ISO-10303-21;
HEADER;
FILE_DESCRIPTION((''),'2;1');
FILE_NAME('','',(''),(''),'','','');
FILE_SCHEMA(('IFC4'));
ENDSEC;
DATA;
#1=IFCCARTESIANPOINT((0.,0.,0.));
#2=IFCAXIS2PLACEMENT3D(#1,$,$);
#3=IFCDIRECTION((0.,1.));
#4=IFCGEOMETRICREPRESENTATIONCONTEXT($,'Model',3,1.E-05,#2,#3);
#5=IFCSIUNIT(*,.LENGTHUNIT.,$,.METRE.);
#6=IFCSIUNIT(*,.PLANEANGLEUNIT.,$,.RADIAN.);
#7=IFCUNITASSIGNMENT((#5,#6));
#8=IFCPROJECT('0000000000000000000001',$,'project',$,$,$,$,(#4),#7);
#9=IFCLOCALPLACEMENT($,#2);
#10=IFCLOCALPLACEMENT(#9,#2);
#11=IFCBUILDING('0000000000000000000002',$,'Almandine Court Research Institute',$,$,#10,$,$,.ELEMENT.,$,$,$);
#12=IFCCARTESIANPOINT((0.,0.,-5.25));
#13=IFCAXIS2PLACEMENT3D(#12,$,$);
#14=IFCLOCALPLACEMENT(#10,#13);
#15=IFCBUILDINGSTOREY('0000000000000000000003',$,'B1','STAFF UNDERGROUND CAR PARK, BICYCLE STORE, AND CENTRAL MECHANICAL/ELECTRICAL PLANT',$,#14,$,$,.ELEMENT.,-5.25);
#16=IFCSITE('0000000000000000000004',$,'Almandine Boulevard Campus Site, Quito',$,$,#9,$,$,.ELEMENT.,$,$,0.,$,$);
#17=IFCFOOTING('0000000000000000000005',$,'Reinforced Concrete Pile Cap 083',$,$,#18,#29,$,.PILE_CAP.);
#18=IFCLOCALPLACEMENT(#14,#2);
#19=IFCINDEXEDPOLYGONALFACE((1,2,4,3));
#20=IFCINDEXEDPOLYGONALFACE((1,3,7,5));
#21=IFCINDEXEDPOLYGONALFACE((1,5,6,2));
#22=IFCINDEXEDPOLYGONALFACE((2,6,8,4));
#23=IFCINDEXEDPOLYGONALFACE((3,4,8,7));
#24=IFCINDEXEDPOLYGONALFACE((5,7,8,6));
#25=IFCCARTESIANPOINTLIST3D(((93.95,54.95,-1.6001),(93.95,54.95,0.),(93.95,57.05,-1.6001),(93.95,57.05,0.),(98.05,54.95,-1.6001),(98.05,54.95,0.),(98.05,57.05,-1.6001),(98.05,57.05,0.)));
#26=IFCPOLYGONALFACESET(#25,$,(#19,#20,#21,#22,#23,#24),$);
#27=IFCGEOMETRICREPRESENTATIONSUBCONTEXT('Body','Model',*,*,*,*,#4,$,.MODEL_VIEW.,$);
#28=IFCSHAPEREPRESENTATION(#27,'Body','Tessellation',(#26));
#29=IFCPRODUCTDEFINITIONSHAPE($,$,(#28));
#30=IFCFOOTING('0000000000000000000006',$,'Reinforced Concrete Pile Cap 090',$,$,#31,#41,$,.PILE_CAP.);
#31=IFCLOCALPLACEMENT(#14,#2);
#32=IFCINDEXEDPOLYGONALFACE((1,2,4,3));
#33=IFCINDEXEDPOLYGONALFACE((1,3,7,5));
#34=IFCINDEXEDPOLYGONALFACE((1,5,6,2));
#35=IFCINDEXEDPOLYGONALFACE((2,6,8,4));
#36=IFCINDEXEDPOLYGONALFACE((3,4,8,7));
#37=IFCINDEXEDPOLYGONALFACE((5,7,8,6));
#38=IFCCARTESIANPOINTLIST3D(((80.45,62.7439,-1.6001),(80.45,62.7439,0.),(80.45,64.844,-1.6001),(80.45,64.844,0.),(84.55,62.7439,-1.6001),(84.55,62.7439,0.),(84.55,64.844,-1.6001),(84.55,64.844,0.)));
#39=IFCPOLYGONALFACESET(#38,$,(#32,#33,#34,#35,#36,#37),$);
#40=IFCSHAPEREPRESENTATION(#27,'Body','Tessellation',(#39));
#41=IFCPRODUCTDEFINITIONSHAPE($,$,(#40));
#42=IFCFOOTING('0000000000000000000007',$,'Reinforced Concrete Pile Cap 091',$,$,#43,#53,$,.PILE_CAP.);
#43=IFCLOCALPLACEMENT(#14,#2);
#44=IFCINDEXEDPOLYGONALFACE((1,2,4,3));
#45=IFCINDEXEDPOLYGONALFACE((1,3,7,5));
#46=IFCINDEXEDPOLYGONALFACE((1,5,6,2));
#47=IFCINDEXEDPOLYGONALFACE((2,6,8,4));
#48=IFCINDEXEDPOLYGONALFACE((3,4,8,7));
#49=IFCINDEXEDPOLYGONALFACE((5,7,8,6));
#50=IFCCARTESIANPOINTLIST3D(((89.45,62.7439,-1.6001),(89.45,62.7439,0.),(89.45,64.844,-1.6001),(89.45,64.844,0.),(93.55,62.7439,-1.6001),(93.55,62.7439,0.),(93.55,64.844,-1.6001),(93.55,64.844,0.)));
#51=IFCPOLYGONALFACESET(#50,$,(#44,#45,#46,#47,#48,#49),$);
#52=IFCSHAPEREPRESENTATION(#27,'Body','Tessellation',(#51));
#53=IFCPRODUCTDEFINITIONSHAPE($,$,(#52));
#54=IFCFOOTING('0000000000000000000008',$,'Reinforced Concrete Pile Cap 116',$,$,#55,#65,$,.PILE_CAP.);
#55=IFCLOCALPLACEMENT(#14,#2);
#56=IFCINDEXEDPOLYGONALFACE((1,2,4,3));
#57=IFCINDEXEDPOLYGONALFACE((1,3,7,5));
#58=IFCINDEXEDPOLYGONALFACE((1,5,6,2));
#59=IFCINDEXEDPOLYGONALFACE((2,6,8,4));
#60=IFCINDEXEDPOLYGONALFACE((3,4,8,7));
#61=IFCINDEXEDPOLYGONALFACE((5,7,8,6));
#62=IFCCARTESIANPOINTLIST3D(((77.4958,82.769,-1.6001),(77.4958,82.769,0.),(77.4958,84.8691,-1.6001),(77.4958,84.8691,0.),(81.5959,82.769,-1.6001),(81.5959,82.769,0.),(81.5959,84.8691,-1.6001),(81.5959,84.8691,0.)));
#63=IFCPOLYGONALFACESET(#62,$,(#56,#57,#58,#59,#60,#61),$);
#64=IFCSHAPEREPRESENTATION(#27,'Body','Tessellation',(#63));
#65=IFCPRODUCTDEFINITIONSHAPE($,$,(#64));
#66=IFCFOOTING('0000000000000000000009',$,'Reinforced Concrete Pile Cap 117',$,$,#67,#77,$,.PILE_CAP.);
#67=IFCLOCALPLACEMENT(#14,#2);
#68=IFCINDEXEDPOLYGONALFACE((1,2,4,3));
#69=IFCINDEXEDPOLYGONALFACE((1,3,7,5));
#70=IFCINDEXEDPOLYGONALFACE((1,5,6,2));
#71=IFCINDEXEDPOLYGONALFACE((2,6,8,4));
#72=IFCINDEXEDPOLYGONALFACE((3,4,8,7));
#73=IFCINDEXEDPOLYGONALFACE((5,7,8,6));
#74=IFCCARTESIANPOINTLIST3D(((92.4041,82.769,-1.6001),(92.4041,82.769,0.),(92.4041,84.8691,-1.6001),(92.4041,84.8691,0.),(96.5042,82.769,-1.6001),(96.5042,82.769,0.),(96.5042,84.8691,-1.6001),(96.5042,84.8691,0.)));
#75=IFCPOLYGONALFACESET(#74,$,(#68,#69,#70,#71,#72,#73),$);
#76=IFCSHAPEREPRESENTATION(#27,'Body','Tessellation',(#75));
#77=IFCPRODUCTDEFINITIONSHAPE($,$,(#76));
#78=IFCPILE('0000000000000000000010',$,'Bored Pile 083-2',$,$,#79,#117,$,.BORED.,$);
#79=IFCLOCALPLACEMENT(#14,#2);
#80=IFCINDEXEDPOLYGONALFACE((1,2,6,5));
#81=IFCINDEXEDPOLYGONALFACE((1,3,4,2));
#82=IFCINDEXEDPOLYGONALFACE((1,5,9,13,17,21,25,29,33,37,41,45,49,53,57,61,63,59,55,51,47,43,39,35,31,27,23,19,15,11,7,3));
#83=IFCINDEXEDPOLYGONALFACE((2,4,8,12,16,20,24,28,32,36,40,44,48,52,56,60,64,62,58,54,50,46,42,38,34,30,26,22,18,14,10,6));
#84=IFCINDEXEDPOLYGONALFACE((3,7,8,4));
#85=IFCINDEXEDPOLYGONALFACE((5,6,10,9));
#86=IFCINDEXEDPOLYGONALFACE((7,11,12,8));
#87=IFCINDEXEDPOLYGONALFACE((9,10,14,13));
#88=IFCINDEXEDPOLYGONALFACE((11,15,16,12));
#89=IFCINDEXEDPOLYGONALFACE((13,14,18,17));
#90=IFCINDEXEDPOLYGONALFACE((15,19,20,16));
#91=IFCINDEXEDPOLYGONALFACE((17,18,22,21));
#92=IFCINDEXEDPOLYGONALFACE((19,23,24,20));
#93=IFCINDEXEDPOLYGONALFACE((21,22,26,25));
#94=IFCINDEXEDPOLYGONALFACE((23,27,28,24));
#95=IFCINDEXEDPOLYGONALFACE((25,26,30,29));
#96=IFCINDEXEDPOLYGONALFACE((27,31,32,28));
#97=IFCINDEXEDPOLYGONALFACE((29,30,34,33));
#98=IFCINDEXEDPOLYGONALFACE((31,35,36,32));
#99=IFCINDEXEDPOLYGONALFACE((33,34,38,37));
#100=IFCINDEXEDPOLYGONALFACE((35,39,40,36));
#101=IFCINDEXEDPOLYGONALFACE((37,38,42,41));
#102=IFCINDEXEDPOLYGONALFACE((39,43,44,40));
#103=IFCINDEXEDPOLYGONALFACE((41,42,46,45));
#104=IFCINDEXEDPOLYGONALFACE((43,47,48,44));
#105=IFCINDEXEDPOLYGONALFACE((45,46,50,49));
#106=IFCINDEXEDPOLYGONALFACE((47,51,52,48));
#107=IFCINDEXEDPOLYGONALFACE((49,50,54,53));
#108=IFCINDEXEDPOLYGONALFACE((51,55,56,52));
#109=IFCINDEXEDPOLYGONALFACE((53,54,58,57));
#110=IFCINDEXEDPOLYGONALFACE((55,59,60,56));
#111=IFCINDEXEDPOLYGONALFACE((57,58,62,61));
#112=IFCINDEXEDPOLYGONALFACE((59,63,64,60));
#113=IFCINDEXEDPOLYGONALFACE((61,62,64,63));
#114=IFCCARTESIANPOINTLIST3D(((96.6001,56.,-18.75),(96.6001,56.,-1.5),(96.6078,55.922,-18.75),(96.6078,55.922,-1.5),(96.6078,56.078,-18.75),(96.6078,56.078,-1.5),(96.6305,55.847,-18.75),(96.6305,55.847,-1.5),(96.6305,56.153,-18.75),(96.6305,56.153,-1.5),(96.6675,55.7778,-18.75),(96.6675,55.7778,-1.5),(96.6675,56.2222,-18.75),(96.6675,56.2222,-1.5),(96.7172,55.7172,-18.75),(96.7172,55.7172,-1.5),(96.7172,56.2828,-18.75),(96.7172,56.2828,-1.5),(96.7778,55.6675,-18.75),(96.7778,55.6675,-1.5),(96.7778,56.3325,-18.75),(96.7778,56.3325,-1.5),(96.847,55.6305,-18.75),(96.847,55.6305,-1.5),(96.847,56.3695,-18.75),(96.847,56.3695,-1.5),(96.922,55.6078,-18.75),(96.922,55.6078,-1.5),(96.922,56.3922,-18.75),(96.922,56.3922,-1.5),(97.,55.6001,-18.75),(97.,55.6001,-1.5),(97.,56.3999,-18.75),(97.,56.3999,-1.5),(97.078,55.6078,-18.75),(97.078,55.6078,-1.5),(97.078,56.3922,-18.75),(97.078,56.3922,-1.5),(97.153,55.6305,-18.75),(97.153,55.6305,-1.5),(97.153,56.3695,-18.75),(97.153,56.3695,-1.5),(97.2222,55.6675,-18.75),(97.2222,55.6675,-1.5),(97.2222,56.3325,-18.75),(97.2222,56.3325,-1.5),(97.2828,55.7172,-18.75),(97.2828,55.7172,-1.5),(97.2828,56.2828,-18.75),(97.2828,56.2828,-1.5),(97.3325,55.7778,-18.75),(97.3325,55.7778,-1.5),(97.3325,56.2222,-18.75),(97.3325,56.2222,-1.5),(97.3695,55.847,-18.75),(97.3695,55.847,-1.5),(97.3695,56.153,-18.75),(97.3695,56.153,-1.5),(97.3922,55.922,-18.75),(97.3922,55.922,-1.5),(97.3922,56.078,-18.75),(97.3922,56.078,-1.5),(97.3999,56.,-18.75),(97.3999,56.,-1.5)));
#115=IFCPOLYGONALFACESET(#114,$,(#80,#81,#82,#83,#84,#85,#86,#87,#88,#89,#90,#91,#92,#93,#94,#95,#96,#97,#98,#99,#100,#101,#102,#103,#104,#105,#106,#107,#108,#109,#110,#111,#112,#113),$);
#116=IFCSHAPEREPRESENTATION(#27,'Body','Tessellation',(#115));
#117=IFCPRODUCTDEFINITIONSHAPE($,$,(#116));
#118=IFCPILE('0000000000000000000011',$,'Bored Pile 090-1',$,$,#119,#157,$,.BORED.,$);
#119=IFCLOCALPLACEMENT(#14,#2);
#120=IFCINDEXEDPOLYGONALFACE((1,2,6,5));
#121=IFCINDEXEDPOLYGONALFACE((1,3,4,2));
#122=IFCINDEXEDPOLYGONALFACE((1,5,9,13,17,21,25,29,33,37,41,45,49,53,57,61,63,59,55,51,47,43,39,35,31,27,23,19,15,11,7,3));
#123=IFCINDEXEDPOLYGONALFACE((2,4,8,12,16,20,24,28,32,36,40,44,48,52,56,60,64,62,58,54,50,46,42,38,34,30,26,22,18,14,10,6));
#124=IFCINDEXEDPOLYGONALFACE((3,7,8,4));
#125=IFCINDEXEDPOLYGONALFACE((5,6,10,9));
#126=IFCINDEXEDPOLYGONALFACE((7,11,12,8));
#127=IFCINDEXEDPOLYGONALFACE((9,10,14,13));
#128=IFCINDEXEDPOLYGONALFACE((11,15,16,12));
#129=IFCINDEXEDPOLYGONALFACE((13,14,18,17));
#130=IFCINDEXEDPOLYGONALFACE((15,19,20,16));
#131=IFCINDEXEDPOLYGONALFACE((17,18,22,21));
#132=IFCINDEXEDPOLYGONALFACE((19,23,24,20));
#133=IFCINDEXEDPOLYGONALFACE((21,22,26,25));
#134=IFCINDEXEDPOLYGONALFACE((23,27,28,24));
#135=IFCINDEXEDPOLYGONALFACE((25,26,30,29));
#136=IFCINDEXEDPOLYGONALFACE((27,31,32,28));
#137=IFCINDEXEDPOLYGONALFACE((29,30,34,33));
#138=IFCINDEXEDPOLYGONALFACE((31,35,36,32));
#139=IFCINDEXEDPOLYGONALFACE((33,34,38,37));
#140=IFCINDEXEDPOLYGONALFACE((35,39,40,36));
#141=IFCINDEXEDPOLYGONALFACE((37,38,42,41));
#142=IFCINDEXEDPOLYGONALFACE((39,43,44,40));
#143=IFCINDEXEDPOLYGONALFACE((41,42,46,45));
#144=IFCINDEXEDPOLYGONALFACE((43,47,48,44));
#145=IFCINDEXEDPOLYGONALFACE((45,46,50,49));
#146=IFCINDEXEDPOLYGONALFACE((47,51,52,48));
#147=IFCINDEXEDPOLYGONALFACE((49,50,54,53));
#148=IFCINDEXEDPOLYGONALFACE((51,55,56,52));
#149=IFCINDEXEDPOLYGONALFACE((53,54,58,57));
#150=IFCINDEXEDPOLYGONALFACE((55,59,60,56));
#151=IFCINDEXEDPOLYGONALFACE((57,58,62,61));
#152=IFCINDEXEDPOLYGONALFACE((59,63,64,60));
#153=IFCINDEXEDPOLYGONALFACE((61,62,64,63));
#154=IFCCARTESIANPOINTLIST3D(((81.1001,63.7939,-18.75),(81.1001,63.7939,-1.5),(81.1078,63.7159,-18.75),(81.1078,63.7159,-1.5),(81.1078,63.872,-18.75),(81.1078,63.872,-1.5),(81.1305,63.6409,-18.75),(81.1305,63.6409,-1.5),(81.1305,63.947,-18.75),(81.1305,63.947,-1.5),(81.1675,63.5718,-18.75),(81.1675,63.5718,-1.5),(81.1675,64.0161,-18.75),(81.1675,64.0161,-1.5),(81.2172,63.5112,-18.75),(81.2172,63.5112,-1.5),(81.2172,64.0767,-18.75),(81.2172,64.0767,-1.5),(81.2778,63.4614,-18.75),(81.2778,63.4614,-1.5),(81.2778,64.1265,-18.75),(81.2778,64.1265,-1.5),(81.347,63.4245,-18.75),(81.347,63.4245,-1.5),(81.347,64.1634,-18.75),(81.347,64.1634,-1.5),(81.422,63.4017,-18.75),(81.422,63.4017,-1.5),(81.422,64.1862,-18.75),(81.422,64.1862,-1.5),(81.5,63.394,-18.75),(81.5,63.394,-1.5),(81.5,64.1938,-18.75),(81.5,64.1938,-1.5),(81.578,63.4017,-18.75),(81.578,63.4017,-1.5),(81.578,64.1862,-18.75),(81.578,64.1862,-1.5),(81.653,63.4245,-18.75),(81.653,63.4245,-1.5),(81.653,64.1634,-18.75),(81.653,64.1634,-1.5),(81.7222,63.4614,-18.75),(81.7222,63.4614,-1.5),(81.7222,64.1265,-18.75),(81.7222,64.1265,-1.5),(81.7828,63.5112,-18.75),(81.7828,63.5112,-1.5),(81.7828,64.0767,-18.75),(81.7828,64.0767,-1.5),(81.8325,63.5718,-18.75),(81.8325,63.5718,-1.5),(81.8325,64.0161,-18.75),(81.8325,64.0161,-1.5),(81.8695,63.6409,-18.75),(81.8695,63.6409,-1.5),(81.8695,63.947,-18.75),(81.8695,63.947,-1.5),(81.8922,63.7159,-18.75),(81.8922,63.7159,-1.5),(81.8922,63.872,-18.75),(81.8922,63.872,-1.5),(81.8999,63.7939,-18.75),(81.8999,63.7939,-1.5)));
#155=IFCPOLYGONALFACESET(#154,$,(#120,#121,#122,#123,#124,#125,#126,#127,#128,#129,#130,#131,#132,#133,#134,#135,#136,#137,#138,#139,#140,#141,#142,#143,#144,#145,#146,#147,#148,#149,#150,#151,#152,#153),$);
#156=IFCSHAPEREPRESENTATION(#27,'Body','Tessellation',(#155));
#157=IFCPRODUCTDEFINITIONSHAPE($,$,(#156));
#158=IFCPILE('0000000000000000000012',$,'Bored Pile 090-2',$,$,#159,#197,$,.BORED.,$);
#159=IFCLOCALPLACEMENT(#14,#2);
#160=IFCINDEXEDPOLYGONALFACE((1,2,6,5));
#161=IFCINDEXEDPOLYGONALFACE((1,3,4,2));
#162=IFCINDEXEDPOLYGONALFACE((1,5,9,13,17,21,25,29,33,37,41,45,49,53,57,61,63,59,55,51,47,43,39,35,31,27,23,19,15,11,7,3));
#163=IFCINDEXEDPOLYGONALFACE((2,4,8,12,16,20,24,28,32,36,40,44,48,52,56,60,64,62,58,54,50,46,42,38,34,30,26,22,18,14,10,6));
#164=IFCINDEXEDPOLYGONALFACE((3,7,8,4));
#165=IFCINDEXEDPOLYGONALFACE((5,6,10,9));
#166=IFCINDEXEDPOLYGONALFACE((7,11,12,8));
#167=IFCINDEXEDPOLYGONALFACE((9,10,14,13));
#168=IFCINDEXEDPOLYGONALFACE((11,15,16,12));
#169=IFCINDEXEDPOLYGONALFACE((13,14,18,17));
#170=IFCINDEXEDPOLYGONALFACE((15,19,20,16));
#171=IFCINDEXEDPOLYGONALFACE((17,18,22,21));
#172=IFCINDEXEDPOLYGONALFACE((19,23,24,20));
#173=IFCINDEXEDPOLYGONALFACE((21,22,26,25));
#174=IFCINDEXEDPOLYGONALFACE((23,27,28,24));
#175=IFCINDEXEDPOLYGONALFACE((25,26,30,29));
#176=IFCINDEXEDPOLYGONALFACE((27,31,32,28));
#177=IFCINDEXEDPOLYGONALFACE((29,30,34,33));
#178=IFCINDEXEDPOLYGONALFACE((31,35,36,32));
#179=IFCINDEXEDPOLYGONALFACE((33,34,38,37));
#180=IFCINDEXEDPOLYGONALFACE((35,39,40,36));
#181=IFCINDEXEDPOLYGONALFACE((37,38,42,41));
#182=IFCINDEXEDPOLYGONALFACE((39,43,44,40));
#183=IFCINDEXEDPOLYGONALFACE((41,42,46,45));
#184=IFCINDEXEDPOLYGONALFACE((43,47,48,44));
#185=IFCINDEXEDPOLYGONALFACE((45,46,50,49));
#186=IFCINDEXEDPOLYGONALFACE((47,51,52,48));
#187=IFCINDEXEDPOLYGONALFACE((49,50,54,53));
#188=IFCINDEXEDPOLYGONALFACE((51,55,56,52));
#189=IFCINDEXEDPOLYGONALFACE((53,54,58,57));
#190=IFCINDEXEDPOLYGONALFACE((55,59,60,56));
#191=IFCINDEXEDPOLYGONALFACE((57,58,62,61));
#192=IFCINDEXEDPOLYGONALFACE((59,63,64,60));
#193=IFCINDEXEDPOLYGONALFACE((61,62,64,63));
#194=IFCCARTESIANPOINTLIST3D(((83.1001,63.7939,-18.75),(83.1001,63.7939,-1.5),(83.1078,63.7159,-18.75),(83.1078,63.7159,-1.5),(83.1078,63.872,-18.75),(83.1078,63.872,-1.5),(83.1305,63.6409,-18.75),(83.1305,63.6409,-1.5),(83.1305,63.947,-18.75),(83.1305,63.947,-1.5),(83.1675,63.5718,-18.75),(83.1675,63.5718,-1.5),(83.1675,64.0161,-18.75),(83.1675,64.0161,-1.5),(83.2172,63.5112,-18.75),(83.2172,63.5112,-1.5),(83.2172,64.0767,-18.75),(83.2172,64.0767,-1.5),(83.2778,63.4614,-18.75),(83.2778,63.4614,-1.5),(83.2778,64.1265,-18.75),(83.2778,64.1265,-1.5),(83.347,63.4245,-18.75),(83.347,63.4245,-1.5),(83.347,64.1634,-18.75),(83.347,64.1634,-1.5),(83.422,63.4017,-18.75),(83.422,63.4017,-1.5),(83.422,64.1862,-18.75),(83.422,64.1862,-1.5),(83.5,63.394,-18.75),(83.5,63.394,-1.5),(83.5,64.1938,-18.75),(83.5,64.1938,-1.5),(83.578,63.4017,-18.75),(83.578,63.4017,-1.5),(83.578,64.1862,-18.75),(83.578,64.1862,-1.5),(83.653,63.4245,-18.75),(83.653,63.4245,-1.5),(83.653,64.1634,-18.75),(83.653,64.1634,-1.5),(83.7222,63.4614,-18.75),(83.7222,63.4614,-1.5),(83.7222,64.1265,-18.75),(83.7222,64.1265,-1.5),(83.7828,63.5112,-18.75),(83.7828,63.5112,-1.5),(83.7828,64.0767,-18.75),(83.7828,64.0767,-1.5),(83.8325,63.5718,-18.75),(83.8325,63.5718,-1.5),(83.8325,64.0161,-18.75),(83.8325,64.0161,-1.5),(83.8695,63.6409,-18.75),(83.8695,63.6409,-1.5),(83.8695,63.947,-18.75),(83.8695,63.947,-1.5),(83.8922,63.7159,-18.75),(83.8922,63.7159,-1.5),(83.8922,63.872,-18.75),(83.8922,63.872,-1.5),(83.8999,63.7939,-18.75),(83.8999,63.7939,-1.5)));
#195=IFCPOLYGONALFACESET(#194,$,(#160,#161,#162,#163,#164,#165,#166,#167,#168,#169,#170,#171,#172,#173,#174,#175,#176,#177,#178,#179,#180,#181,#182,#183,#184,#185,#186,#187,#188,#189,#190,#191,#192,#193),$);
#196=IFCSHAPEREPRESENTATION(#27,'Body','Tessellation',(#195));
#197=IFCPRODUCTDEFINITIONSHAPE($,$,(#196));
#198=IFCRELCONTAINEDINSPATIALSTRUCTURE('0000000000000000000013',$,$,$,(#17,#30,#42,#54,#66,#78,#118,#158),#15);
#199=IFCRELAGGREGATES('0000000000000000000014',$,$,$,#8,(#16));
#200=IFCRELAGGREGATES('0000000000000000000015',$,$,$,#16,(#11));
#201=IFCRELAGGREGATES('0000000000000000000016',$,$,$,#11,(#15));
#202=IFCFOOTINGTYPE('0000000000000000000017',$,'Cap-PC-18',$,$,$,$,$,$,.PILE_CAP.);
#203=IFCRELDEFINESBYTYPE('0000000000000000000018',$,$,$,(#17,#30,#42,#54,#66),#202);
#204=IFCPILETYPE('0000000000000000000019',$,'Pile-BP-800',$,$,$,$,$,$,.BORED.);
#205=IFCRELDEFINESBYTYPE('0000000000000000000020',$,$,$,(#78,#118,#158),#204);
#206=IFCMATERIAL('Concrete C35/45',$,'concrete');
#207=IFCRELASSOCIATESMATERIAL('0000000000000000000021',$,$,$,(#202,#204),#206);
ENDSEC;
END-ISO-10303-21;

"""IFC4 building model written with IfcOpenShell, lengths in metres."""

from ifc_helpers import new_model, si_unit, direction, frame, origin, origin_2d, place, context, subcontext, project, spatial, rectangle, circle, extrude, material, material_profile, profile_set, type_object, element, save


model = new_model("IFC4")

# Units and contexts
model_context = context("Model", 3, precision=1e-05, world=origin(), true_north=direction((0.0, 1.0)))
body_context = subcontext(model_context, "Body", "Model", "MODEL_VIEW")
ifc_project = project(units=[si_unit("LENGTHUNIT", "METRE"), si_unit("PLANEANGLEUNIT", "RADIAN")], contexts=[model_context])

# Site, building, storey
site_placement = place(None, origin())
site = spatial("IfcSite", under=ifc_project, at=site_placement, Name="Almandine Boulevard Campus Site, Quito", CompositionType="ELEMENT", RefElevation=0.0)
building_placement = place(site_placement, origin())
building = spatial("IfcBuilding", under=site, at=building_placement, Name="Almandine Court Research Institute", CompositionType="ELEMENT")
storey_placement = place(building_placement, frame((0.0, 0.0, -5.25)))
storey = spatial("IfcBuildingStorey", under=building, at=storey_placement, Name="B1", Description="STAFF UNDERGROUND CAR PARK, BICYCLE STORE, AND CENTRAL MECHANICAL/ELECTRICAL PLANT", CompositionType="ELEMENT", Elevation=-5.25)

# Footings
ifc_material_1 = material(Name="Concrete C35/45", Category="concrete")
footing_type_1 = type_object("IfcFootingType", Name="Cap-PC-18", PredefinedType="PILE_CAP", material=ifc_material_1)
for number, where, z_axis, x_axis, name in (
    (1, (96.0, 56.0, -1.6001), (0.0, 0.0, 1.0), (1.0, 0.0, 0.0), "Reinforced Concrete Pile Cap 083"),
    (2, (82.5, 63.7939, -1.6001), (0.0, 0.0, 1.0), (1.0, 0.0, 0.0), "Reinforced Concrete Pile Cap 090"),
    (3, (91.5, 63.7939, -1.6001), (0.0, 0.0, 1.0), (1.0, 0.0, 0.0), "Reinforced Concrete Pile Cap 091"),
    (4, (79.5459, 83.8191, -1.6001), (0.0, 0.0, 1.0), (1.0, 0.0, 0.0), "Reinforced Concrete Pile Cap 116"),
    (5, (94.4541, 83.8191, -1.6001), (0.0, 0.0, 1.0), (1.0, 0.0, 0.0), "Reinforced Concrete Pile Cap 117"),
):
    element("IfcFooting", number, at=place(storey_placement, frame(where, z_axis=z_axis, x_axis=x_axis)), inside=storey, type_object=footing_type_1, Name=name, PredefinedType="PILE_CAP", context=body_context, shape_type="SweptSolid", body=[
        extrude(rectangle(XDim=4.1001, YDim=2.1001, at=origin_2d()), origin(), (0.0, 0.0, 1.0), 1.6001),
    ])

# Piles
ifc_material_profile_1 = material_profile(ifc_material_1, circle(Radius=0.3999, at=origin_2d()), Name="BORED PILE D800")
ifc_profile_set_1 = profile_set([ifc_material_profile_1], Name="Concrete C35/45")
pile_type = type_object("IfcPileType", Name="Pile-BP-800", PredefinedType="BORED", material=ifc_profile_set_1)
for number, where, z_axis, x_axis, name in (
    (6, (97.0, 56.0, -1.5), (0.0, 0.0, -1.0), (1.0, 0.0, 0.0), "Bored Pile 083-2"),
    (7, (81.5, 63.7939, -1.5), (0.0, 0.0, -1.0), (1.0, 0.0, 0.0), "Bored Pile 090-1"),
    (8, (83.5, 63.7939, -1.5), (0.0, 0.0, -1.0), (1.0, 0.0, 0.0), "Bored Pile 090-2"),
):
    element("IfcPile", number, at=place(storey_placement, frame(where, z_axis=z_axis, x_axis=x_axis)), inside=storey, type_object=pile_type, Name=name, PredefinedType="BORED", context=body_context, shape_type="SweptSolid", body=[
        extrude(circle(Radius=0.3999, at=origin_2d()), origin(), (0.0, 0.0, 1.0), 17.25),
    ])

save(model, "model.ifc")
